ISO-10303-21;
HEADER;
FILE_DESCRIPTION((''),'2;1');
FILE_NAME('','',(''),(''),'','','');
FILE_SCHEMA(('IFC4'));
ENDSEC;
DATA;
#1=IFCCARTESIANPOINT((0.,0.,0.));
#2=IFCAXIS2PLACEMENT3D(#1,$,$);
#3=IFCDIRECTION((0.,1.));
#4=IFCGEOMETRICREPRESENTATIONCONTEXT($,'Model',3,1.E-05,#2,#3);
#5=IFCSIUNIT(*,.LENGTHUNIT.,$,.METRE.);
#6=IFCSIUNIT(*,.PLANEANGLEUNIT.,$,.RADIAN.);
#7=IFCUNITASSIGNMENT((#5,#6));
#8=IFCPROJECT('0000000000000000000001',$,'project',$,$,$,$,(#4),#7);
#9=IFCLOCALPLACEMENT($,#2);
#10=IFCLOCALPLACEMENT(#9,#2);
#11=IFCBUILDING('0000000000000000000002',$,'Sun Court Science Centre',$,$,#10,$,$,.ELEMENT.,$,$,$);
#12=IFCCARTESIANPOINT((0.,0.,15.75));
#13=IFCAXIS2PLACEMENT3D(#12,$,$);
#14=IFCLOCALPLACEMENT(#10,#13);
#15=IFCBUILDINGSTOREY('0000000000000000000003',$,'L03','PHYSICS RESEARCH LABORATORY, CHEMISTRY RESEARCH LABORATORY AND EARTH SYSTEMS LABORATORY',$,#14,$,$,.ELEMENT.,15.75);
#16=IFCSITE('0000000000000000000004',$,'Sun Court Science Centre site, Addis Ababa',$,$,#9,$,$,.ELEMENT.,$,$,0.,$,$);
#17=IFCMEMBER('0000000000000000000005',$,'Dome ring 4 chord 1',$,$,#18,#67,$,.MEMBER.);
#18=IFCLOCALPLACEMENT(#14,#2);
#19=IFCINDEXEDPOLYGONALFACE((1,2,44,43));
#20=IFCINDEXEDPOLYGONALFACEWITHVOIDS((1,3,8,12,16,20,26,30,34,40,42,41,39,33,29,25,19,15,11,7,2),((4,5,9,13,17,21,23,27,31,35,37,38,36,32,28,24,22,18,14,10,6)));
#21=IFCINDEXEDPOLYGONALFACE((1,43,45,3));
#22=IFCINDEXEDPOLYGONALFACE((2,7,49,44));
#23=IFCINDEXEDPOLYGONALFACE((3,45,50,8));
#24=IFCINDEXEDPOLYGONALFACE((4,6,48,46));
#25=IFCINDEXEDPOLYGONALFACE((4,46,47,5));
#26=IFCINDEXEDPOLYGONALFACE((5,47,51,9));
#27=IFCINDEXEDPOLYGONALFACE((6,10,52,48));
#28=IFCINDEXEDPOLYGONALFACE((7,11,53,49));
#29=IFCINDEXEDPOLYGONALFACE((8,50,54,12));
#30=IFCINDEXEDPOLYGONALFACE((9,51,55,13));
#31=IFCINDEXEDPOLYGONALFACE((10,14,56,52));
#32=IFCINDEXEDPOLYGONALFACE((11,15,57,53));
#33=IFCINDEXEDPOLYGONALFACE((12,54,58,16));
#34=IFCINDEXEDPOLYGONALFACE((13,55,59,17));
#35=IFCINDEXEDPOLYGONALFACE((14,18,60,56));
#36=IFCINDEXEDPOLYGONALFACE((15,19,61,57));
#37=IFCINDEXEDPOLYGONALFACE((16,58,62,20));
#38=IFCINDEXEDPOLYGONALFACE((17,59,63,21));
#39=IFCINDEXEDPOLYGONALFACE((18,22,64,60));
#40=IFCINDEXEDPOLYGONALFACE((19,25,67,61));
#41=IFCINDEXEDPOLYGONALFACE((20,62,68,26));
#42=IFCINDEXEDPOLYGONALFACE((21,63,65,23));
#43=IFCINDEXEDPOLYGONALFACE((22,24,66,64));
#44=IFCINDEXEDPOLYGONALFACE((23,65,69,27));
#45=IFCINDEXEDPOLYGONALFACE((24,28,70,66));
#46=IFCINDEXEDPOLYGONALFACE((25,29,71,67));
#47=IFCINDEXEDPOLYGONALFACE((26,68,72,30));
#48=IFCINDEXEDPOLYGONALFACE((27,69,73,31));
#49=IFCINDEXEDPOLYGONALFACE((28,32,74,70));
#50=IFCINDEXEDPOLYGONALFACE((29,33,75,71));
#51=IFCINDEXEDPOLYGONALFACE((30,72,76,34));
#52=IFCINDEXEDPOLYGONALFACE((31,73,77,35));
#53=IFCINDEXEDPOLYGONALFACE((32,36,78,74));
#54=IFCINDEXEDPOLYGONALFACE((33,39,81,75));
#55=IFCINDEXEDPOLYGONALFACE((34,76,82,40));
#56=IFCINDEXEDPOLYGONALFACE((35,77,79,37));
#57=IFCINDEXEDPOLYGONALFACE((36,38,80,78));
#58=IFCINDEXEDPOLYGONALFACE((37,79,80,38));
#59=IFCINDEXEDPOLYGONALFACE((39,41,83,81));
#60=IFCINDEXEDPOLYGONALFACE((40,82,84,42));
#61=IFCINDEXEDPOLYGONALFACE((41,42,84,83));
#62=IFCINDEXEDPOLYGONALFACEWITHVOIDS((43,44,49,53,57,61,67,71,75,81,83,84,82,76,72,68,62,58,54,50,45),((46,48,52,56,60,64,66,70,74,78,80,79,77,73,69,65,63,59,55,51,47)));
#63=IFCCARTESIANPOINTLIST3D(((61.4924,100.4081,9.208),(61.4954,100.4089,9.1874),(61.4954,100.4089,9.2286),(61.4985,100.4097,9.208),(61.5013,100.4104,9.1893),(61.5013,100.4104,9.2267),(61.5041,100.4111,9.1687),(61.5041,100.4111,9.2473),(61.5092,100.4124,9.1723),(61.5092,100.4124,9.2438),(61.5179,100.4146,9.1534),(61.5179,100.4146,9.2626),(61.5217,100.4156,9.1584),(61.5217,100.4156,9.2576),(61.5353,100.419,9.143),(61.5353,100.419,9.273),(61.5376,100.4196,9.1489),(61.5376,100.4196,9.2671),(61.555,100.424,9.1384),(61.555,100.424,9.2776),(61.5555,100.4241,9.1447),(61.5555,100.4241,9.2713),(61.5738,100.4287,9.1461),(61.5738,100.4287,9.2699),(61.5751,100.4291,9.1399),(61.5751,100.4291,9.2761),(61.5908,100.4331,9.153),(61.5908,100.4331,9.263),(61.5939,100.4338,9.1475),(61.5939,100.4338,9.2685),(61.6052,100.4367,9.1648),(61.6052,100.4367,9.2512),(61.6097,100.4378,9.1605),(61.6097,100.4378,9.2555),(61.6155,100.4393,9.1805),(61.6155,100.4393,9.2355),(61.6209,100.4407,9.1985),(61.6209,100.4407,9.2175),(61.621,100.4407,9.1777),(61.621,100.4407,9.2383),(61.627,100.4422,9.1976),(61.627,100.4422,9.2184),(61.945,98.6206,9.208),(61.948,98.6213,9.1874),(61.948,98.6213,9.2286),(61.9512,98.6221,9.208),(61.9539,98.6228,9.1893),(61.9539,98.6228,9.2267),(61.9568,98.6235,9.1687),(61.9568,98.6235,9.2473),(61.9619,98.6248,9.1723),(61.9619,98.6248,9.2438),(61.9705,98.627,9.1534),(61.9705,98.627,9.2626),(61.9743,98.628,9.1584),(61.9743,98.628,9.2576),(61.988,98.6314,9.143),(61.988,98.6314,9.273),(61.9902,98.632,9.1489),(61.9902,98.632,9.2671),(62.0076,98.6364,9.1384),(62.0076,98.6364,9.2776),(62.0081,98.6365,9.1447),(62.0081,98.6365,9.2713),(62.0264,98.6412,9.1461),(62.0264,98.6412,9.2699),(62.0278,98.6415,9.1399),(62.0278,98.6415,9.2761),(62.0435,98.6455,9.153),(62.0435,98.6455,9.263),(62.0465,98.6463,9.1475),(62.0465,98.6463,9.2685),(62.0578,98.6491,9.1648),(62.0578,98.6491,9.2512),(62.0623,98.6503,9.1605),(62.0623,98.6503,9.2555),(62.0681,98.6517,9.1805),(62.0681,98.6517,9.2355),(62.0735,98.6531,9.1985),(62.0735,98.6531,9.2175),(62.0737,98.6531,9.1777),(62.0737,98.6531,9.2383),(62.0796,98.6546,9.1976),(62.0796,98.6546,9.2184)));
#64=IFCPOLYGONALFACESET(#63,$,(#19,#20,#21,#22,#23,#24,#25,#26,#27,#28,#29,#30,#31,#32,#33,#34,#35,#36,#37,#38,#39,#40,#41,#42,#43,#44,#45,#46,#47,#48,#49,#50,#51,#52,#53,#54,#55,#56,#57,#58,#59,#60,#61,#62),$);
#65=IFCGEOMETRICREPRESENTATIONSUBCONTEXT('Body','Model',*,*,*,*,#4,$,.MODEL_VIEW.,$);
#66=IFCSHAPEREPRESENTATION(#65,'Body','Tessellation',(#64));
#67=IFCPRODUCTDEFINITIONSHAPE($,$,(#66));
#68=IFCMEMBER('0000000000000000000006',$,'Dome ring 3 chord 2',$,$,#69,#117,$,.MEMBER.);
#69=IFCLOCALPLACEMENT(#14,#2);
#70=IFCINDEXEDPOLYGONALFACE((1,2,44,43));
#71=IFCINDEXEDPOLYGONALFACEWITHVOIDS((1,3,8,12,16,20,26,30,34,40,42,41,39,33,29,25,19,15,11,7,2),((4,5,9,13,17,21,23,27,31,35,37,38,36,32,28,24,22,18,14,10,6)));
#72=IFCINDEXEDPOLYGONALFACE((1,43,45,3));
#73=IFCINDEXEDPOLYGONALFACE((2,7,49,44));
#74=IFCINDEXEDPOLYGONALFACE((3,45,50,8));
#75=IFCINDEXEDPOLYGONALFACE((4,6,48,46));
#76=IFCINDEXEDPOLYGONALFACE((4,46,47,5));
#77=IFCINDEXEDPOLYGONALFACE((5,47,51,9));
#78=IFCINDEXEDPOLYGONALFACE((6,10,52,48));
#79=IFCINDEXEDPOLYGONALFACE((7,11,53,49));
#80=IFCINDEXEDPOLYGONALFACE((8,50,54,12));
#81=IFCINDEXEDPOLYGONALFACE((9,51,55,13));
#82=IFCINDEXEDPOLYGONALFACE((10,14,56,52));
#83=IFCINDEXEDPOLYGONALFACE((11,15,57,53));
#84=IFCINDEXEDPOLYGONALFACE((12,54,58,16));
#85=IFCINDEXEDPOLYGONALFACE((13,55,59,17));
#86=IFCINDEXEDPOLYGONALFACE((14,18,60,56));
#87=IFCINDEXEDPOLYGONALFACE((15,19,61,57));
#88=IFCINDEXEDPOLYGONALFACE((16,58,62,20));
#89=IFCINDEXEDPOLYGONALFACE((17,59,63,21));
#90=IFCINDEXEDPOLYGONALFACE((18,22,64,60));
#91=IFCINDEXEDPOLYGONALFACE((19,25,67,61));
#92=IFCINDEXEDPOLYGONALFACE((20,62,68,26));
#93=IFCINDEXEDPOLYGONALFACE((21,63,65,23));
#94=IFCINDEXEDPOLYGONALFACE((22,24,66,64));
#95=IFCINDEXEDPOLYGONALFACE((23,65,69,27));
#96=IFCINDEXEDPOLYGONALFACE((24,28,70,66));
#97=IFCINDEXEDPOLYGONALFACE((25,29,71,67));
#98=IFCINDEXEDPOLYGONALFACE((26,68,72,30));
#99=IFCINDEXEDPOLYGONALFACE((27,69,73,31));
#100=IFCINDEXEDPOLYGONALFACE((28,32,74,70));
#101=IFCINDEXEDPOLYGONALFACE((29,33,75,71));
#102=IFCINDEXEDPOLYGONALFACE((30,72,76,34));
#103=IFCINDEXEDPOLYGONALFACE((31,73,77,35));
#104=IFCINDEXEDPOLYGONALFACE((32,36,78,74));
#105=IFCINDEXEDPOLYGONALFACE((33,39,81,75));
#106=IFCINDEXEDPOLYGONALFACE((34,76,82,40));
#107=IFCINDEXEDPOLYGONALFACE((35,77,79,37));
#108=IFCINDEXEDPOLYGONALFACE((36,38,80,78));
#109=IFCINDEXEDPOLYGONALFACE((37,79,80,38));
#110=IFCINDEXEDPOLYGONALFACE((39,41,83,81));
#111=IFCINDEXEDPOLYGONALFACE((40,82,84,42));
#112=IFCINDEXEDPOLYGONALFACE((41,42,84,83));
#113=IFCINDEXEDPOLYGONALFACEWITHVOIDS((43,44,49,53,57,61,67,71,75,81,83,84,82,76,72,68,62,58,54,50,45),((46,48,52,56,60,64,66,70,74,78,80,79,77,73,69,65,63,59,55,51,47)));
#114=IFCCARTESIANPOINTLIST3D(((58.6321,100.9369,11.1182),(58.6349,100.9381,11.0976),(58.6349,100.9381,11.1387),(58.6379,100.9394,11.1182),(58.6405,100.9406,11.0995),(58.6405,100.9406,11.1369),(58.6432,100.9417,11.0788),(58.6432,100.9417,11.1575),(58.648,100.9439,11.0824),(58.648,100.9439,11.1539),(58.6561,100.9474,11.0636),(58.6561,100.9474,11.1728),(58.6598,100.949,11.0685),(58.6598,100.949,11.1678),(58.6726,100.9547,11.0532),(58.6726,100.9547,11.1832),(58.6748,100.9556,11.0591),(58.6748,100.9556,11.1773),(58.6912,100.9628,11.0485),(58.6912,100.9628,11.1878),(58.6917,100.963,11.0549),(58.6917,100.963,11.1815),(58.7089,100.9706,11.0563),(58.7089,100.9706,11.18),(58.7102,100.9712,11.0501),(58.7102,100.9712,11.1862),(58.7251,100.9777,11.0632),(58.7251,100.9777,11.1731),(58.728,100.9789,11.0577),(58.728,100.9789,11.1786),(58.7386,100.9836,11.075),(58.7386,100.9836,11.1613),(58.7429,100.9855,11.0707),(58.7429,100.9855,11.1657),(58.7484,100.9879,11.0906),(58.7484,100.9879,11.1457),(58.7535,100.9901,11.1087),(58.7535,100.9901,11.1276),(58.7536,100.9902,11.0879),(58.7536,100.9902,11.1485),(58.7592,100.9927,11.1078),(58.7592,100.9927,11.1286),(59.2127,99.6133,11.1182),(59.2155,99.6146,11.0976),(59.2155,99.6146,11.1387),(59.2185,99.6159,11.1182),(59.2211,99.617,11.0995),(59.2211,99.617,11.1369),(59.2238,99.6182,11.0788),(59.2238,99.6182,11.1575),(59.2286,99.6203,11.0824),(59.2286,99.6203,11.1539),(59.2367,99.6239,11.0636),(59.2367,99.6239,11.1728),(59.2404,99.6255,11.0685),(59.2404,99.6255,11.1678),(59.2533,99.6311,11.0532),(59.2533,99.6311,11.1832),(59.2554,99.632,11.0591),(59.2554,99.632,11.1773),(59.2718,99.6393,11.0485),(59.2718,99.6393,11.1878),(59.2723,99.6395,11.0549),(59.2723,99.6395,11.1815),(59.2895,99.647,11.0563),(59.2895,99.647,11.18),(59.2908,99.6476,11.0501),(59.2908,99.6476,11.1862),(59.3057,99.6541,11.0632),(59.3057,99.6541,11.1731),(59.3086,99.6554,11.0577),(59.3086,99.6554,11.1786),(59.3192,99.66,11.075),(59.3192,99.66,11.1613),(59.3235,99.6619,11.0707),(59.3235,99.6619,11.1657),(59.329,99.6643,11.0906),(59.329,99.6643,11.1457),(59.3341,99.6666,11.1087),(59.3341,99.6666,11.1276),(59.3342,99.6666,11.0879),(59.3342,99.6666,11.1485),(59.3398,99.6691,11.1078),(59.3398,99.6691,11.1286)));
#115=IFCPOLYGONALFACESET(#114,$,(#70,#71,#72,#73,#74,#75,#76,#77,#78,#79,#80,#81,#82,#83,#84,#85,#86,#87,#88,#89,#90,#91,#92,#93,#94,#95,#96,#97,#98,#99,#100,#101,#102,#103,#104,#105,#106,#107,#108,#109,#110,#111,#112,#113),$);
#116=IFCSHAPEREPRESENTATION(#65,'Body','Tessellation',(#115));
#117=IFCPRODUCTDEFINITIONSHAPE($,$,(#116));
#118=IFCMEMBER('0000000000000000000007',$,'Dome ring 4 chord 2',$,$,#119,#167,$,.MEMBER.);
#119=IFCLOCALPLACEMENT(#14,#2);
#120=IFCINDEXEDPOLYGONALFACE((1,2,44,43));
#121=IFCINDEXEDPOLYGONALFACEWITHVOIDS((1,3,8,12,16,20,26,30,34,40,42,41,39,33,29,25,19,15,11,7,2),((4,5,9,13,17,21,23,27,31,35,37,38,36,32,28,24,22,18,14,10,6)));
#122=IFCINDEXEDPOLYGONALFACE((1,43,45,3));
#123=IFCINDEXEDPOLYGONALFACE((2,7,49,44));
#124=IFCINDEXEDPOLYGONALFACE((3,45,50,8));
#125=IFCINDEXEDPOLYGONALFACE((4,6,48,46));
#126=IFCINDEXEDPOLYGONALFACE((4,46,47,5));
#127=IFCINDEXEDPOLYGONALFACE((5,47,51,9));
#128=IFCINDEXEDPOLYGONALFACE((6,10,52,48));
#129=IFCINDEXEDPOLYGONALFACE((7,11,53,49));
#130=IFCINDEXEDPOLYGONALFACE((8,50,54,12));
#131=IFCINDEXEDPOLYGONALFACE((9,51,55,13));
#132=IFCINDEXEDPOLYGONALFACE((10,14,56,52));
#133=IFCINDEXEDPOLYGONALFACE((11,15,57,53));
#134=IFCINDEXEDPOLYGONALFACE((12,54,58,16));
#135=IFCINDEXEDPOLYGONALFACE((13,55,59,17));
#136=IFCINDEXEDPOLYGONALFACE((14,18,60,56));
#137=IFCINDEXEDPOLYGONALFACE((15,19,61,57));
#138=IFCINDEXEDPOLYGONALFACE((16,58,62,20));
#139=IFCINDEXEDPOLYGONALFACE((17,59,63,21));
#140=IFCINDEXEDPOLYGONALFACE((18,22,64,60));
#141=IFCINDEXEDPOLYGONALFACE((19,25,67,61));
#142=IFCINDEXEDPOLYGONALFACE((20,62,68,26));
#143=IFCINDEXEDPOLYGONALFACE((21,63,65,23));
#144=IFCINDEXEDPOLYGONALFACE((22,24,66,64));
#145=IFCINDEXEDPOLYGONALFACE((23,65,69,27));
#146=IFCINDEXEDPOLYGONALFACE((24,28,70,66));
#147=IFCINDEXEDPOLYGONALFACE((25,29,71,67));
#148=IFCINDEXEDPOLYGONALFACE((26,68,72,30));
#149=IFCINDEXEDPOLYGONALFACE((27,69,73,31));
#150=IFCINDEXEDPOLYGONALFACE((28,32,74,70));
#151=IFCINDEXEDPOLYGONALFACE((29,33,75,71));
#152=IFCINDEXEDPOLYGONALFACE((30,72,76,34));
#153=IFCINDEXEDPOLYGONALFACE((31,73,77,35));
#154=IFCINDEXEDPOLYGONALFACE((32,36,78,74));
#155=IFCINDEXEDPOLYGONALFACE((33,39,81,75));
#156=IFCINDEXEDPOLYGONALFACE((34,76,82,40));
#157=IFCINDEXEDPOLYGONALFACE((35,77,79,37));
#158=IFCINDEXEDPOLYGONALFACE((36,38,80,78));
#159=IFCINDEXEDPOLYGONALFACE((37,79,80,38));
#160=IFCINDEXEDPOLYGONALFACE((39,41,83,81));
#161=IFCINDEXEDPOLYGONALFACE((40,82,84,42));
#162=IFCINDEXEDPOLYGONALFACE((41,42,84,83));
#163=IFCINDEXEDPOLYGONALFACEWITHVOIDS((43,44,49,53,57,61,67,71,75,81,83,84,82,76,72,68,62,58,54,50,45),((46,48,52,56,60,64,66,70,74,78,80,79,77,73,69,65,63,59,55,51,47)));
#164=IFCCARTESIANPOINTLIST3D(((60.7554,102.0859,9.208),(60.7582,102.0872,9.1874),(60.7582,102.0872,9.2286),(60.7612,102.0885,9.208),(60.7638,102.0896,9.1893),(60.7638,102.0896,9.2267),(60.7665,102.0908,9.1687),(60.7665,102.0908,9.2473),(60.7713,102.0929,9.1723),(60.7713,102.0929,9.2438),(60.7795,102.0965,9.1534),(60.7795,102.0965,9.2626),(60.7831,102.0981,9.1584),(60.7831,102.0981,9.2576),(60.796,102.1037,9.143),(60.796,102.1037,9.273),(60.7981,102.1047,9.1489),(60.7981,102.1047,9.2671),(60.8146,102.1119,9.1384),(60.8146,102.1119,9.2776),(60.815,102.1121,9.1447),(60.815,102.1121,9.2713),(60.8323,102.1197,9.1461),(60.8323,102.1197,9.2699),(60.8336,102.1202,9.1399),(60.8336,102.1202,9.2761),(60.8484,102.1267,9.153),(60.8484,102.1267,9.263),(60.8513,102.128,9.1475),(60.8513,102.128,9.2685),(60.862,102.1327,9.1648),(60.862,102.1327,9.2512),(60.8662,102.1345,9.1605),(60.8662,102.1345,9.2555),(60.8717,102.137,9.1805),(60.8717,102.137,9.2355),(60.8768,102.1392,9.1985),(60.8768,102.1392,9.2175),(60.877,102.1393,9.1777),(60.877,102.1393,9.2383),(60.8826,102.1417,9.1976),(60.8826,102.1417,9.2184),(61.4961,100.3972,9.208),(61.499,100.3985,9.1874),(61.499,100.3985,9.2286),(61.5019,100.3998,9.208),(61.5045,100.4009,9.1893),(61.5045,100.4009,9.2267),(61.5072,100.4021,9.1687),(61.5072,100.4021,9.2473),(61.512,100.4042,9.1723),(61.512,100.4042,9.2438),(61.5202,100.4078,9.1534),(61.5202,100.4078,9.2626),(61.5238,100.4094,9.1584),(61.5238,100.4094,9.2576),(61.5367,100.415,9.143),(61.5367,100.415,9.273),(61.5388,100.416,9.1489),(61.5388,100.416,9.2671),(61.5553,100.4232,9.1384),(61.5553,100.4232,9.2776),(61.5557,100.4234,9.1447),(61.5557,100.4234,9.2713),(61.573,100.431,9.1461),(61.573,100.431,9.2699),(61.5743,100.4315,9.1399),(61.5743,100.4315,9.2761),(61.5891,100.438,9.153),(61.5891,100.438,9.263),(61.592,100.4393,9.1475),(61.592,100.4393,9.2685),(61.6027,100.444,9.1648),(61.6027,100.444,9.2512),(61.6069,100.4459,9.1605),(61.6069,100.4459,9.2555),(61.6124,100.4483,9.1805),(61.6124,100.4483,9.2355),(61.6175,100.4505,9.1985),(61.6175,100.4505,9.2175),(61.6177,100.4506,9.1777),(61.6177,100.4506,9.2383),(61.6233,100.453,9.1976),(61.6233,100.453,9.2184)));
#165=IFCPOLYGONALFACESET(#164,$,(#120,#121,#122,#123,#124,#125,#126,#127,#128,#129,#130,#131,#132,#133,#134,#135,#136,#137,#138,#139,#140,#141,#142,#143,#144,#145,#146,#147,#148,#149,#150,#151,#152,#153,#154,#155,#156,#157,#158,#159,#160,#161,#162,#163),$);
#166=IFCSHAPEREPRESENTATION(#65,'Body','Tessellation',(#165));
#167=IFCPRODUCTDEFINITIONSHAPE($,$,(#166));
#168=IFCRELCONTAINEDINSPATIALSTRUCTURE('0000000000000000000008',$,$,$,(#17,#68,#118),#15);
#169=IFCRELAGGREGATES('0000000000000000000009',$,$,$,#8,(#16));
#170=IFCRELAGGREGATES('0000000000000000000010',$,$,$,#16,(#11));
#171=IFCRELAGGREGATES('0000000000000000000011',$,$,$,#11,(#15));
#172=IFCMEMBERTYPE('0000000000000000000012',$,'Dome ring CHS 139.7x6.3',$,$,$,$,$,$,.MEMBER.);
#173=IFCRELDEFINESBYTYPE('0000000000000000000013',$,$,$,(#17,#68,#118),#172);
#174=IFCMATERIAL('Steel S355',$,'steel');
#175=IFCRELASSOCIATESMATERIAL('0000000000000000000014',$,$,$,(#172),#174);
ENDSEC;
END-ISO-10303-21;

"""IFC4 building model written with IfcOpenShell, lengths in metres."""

from ifc_helpers import new_model, si_unit, direction, frame, origin, origin_2d, place, context, subcontext, project, spatial, hollow_circle, extrude, material, material_profile, profile_set, type_object, element, save


model = new_model("IFC4")

# Units and contexts
model_context = context("Model", 3, precision=1e-05, world=origin(), true_north=direction((0.0, 1.0)))
body_context = subcontext(model_context, "Body", "Model", "MODEL_VIEW")
ifc_project = project(units=[si_unit("LENGTHUNIT", "METRE"), si_unit("PLANEANGLEUNIT", "RADIAN")], contexts=[model_context])

# Site, building, storey
site_placement = place(None, origin())
site = spatial("IfcSite", under=ifc_project, at=site_placement, Name="Sun Court Science Centre site, Addis Ababa", CompositionType="ELEMENT", RefElevation=0.0)
building_placement = place(site_placement, origin())
building = spatial("IfcBuilding", under=site, at=building_placement, Name="Sun Court Science Centre", CompositionType="ELEMENT")
storey_placement = place(building_placement, frame((0.0, 0.0, 15.75)))
storey = spatial("IfcBuildingStorey", under=building, at=storey_placement, Name="L03", Description="PHYSICS RESEARCH LABORATORY, CHEMISTRY RESEARCH LABORATORY AND EARTH SYSTEMS LABORATORY", CompositionType="ELEMENT", Elevation=15.75)

# Members
ifc_material_1 = material(Name="Steel S355", Category="steel")
ifc_material_profile_1 = material_profile(ifc_material_1, hollow_circle(Radius=0.0698, WallThickness=0.0063, at=origin_2d()), Name="CHS 139.7x6.3")
ifc_profile_set_1 = profile_set([ifc_material_profile_1], Name="Steel S355")
member_type_1 = type_object("IfcMemberType", Name="Dome ring CHS 139.7x6.3", PredefinedType="MEMBER", material=ifc_profile_set_1)
member_1_placement = place(storey_placement, frame((62.0127, 98.6377, 9.208), z_axis=(-0.245463, 0.969406, 0.0), x_axis=(-0.969406, -0.245463, 0.0)))
element("IfcMember", 1, at=member_1_placement, inside=storey, type_object=member_type_1, Name="Dome ring 4 chord 1", PredefinedType="MEMBER", context=body_context, shape_type="SweptSolid", body=[
    extrude(hollow_circle(Radius=0.0698, WallThickness=0.0063, at=origin_2d()), origin(), (0.0, 0.0, 1.0), 1.844),
])
member_2_placement = place(storey_placement, frame((59.2766, 99.6414, 11.1182), z_axis=(-0.401714, 0.915765, 0.0), x_axis=(-0.915765, -0.401714, 0.0)))
element("IfcMember", 2, at=member_2_placement, inside=storey, type_object=member_type_1, Name="Dome ring 3 chord 2", PredefinedType="MEMBER", context=body_context, shape_type="SweptSolid", body=[
    extrude(hollow_circle(Radius=0.0698, WallThickness=0.0063, at=origin_2d()), origin(), (0.0, 0.0, 1.0), 1.4453),
])
member_3_placement = place(storey_placement, frame((61.5601, 100.4253, 9.208), z_axis=(-0.401687, 0.915777, 0.0), x_axis=(-0.915777, -0.401687, 0.0)))
element("IfcMember", 3, at=member_3_placement, inside=storey, type_object=member_type_1, Name="Dome ring 4 chord 2", PredefinedType="MEMBER", context=body_context, shape_type="SweptSolid", body=[
    extrude(hollow_circle(Radius=0.0698, WallThickness=0.0063, at=origin_2d()), origin(), (0.0, 0.0, 1.0), 1.844),
])

save(model, "model.ifc")
